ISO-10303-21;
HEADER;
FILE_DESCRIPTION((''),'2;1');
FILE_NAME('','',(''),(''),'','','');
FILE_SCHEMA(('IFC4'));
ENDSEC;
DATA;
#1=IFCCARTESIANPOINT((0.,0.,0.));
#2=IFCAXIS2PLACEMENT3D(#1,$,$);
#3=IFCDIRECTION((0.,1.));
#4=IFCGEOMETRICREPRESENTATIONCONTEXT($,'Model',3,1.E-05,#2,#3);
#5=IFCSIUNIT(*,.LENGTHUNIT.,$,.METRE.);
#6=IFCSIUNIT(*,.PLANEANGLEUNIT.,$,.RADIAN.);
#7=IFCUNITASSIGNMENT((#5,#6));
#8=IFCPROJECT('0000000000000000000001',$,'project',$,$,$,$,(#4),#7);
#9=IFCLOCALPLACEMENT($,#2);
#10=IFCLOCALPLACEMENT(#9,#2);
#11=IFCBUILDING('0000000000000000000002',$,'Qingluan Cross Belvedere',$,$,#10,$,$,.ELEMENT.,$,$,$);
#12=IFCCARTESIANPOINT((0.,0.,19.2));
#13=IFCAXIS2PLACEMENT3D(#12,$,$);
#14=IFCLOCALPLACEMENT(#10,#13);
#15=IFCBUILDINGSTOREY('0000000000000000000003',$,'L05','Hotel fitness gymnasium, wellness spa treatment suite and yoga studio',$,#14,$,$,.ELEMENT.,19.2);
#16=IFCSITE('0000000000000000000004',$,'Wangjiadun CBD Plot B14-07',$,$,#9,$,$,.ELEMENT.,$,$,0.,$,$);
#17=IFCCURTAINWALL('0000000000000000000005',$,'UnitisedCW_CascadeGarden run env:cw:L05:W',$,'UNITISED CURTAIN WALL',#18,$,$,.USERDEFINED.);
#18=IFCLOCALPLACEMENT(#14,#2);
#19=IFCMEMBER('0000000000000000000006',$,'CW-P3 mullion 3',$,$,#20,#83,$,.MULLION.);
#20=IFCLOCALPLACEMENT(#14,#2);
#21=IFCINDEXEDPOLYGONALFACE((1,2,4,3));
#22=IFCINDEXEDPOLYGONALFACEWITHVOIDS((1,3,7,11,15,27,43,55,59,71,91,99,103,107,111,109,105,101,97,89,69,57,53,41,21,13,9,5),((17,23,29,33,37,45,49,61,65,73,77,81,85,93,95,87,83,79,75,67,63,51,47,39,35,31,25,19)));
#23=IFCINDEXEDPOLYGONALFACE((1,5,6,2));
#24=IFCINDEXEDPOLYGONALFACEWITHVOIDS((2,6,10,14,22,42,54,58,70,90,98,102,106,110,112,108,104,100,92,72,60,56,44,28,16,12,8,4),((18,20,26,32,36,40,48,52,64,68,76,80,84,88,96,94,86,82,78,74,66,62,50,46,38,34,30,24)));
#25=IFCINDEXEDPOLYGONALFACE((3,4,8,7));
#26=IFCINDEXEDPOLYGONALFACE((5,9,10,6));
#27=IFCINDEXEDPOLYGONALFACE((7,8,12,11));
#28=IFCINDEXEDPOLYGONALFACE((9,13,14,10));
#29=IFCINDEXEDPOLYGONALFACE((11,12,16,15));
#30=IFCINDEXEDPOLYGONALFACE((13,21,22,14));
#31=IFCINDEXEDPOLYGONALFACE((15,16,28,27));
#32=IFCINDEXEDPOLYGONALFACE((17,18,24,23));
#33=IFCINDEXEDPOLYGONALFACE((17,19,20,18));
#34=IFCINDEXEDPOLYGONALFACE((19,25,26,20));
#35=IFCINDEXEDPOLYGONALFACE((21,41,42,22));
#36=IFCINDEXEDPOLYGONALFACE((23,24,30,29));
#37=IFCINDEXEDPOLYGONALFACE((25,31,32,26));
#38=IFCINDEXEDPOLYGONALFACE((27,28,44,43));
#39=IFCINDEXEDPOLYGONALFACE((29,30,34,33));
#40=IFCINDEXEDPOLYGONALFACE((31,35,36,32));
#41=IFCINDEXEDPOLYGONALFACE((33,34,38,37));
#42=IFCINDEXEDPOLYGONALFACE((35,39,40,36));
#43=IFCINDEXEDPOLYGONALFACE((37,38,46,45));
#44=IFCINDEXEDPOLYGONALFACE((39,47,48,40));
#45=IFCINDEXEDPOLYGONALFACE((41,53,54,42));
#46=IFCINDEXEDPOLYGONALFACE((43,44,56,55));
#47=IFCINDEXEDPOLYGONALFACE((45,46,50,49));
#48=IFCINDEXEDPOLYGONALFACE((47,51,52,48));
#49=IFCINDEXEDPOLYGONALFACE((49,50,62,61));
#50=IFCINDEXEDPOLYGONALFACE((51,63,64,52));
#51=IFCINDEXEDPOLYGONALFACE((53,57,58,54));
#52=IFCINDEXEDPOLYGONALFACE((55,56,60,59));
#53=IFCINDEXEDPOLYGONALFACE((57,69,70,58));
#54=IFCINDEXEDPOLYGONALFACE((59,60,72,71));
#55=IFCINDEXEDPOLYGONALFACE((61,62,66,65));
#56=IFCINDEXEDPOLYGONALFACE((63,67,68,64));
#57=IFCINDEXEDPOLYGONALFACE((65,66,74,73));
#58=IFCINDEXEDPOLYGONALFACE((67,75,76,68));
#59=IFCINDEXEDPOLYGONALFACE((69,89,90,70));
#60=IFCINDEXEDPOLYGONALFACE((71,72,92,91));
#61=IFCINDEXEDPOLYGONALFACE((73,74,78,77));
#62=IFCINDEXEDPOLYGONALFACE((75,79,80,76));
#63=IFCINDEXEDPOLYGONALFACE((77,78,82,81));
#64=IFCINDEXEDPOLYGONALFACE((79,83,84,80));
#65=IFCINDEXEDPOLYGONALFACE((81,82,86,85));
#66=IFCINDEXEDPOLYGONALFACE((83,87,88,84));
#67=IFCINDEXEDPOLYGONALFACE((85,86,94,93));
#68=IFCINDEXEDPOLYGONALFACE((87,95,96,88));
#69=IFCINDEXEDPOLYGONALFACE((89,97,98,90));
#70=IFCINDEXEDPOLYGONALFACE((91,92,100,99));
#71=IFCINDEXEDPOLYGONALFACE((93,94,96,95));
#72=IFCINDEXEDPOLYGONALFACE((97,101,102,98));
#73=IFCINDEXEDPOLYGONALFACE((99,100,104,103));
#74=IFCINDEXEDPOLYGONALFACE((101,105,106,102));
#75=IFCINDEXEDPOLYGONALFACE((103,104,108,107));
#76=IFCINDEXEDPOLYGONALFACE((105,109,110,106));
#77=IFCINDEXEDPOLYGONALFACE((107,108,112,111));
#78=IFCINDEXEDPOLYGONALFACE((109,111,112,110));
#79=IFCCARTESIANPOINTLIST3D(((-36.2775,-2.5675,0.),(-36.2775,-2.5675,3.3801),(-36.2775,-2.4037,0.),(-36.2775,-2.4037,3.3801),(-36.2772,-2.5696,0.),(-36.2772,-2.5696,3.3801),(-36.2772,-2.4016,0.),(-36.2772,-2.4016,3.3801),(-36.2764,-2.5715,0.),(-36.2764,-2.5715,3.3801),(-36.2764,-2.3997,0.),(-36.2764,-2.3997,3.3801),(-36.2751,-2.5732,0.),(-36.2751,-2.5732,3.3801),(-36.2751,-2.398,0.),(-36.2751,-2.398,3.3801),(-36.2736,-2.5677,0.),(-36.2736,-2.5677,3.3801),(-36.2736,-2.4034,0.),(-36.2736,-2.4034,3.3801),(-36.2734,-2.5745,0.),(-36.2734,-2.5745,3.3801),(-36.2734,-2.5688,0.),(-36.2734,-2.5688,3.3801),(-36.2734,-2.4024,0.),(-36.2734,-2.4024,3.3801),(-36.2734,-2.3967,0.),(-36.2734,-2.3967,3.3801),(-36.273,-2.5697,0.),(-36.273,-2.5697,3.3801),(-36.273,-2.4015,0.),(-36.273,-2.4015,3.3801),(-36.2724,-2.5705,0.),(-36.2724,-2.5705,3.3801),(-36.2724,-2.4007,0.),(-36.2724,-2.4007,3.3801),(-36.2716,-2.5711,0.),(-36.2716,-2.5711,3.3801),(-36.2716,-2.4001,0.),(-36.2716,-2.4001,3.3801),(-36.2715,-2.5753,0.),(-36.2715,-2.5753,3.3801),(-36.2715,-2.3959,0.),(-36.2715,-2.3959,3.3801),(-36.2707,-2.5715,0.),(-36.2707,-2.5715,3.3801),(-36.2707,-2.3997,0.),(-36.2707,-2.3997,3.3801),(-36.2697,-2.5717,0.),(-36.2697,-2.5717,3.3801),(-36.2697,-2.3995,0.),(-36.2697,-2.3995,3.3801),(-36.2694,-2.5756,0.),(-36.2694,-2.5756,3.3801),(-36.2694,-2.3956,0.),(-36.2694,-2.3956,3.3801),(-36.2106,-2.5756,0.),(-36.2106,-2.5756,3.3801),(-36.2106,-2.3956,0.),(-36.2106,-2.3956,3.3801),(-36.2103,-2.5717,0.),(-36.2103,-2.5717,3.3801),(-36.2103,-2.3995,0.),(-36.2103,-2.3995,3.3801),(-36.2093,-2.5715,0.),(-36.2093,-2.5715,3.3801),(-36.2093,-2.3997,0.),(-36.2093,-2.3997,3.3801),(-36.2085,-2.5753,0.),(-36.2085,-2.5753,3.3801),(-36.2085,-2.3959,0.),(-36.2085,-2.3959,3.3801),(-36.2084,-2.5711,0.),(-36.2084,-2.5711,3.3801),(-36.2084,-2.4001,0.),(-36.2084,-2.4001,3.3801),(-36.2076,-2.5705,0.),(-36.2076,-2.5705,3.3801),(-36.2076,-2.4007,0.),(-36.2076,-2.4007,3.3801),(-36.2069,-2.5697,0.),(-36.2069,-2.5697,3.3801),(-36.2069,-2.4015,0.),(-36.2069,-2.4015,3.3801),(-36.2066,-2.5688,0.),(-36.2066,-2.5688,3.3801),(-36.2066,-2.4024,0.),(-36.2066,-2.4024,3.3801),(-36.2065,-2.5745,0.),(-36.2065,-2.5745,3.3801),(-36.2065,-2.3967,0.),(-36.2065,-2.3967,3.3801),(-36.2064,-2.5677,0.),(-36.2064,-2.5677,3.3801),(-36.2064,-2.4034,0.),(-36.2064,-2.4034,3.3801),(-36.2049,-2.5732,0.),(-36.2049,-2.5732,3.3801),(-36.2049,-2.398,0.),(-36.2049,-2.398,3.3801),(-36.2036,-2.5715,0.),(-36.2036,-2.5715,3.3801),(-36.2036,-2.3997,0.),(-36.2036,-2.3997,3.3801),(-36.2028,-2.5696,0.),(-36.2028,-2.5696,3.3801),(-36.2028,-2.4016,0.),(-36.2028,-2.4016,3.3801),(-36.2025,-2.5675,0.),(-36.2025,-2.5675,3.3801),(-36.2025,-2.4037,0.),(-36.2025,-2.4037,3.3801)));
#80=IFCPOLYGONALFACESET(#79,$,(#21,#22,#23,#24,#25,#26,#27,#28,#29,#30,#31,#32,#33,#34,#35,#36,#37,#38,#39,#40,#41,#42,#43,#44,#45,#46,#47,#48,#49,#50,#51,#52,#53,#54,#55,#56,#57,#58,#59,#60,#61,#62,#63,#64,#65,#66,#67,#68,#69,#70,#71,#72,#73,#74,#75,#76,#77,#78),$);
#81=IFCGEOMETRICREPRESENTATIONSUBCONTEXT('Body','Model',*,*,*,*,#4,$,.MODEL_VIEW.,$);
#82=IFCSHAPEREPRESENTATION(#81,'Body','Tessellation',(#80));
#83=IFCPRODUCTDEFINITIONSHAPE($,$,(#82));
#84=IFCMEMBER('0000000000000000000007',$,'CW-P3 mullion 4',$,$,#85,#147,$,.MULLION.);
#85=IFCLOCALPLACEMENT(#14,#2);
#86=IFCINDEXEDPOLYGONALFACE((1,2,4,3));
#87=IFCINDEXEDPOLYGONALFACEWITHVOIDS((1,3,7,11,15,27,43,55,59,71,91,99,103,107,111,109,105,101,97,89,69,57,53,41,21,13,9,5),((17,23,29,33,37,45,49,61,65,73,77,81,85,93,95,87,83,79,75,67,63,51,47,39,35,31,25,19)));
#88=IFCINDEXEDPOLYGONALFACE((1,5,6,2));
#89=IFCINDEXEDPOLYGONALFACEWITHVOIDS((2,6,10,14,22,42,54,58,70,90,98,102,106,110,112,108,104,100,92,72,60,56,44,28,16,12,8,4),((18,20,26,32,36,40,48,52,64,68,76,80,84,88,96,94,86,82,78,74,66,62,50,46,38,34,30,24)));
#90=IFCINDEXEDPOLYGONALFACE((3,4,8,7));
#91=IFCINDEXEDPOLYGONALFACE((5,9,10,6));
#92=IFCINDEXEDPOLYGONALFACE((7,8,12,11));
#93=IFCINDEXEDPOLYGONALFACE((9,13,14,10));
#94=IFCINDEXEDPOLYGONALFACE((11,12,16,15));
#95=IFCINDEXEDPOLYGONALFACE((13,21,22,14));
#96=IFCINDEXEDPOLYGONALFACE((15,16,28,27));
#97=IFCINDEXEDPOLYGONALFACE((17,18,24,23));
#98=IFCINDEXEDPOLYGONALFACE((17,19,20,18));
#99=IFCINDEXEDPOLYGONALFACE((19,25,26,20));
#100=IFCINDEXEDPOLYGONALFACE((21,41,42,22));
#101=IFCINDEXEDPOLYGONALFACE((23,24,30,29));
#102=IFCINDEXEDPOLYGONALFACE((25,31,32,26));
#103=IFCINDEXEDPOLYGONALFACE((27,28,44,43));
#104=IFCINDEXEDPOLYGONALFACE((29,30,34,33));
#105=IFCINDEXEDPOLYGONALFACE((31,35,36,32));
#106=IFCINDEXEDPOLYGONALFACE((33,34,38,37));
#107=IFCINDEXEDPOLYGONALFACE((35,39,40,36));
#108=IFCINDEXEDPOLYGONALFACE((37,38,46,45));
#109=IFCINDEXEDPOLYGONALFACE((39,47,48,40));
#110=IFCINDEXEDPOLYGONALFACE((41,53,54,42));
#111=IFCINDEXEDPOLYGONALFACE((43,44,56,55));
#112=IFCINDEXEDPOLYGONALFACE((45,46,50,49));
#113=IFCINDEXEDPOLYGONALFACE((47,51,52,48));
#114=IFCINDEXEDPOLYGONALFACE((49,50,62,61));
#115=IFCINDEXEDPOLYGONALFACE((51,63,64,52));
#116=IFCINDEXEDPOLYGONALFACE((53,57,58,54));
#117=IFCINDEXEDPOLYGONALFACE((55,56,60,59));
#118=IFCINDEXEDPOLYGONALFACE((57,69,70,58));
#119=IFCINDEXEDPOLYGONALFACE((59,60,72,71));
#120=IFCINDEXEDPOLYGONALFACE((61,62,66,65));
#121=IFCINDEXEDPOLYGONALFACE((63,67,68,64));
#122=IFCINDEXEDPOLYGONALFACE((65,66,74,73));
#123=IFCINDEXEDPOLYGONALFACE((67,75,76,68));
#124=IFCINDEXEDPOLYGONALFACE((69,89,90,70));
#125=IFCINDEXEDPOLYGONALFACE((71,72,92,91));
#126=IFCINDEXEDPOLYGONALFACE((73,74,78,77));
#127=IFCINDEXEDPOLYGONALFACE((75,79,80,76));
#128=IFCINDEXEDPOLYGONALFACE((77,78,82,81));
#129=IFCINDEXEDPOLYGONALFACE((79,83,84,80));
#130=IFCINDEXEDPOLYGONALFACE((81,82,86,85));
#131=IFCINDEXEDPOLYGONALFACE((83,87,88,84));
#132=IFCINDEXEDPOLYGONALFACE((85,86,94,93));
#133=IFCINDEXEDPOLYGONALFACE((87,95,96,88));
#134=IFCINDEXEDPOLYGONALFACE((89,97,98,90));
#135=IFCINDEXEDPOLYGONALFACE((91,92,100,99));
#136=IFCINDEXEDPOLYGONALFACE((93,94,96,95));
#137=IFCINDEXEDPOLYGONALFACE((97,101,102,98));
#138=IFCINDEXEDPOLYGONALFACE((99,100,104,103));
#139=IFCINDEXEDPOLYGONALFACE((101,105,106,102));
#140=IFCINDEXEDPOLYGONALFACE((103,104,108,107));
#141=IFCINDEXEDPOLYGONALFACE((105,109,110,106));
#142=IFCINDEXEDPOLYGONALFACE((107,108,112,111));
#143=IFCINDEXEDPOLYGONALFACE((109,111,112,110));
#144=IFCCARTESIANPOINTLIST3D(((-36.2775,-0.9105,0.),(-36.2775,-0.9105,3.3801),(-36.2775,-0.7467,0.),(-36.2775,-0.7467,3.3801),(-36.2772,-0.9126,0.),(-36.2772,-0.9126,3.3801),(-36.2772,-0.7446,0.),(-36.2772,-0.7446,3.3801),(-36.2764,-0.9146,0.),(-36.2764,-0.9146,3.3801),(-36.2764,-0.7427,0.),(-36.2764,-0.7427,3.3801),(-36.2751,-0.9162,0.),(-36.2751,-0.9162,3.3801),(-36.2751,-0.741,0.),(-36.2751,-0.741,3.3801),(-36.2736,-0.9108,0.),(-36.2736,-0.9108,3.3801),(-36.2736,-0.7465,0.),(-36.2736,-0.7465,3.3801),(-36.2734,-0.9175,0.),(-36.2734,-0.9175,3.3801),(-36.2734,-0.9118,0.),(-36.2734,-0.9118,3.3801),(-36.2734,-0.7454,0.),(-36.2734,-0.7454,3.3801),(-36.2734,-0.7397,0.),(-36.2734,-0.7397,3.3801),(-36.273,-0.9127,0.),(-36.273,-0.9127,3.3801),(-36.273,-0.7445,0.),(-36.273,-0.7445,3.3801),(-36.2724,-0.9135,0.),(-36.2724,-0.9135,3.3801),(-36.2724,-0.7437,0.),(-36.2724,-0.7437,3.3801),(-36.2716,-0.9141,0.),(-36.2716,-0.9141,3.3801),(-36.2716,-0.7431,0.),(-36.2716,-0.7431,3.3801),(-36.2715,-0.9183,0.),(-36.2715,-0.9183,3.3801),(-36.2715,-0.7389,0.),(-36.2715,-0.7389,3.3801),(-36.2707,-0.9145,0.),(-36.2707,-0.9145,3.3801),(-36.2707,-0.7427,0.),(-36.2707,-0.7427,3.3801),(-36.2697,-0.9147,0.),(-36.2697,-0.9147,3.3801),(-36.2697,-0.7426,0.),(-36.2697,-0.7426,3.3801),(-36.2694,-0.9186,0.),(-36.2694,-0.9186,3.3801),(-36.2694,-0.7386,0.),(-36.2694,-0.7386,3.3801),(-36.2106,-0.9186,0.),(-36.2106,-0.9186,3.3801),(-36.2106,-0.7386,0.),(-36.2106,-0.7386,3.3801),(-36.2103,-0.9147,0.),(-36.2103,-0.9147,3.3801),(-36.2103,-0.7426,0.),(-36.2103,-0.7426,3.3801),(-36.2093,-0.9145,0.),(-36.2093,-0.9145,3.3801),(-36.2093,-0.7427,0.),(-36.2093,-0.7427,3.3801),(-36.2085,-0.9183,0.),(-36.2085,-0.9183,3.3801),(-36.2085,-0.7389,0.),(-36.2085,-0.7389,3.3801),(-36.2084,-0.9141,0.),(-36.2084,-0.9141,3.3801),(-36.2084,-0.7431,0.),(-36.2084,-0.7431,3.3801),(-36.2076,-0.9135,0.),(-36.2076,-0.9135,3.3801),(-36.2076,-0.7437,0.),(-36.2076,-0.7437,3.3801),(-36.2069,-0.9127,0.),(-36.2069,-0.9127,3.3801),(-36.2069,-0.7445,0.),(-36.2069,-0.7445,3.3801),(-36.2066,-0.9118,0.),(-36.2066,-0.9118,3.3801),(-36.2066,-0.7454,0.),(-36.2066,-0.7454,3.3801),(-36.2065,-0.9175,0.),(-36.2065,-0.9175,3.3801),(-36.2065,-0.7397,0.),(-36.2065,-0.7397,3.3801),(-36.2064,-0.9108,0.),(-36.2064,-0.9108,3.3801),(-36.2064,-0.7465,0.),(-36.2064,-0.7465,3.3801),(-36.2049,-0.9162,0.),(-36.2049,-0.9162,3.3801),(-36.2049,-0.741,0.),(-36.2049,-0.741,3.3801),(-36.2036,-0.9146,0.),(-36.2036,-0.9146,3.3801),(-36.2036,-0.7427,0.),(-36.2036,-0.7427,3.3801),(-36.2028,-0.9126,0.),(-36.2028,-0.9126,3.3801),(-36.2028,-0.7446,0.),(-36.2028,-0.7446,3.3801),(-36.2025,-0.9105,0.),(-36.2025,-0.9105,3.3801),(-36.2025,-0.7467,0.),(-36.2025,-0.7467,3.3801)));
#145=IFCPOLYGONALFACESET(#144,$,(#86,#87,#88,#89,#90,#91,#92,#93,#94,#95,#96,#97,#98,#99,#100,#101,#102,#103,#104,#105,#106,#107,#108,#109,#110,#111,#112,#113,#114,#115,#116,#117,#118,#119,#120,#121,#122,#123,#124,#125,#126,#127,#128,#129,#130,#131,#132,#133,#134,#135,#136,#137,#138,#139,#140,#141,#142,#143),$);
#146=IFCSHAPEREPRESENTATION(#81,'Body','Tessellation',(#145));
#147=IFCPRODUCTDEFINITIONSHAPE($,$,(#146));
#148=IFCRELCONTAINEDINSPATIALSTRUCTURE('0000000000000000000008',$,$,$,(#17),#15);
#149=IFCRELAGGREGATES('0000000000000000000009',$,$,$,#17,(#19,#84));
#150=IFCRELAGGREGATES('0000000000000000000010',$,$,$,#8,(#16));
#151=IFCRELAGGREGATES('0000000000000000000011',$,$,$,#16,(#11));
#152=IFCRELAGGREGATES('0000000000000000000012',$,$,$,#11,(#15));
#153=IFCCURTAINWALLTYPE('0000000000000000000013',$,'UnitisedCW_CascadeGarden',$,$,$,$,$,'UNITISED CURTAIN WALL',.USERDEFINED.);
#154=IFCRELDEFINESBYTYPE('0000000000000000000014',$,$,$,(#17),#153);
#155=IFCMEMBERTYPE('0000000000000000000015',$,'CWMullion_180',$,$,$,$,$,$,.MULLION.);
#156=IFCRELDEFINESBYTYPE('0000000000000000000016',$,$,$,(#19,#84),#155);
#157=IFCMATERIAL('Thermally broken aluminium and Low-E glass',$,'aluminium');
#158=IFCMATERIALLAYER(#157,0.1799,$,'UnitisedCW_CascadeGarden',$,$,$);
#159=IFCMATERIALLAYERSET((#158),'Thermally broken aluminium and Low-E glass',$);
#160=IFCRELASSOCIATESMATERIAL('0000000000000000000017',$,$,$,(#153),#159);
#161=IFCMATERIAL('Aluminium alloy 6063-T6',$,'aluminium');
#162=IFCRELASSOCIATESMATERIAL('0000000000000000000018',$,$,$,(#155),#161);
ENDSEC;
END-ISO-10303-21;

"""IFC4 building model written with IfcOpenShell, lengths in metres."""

from ifc_helpers import new_model, si_unit, direction, frame, origin, origin_2d, place, context, subcontext, project, spatial, hollow_rectangle, extrude, material, layer, layer_set, material_profile, profile_set, type_object, element, aggregate, save


model = new_model("IFC4")

# Units and contexts
model_context = context("Model", 3, precision=1e-05, world=origin(), true_north=direction((0.0, 1.0)))
body_context = subcontext(model_context, "Body", "Model", "MODEL_VIEW")
ifc_project = project(units=[si_unit("LENGTHUNIT", "METRE"), si_unit("PLANEANGLEUNIT", "RADIAN")], contexts=[model_context])

# Site, building, storey
site_placement = place(None, origin())
site = spatial("IfcSite", under=ifc_project, at=site_placement, Name="Wangjiadun CBD Plot B14-07", CompositionType="ELEMENT", RefElevation=0.0)
building_placement = place(site_placement, origin())
building = spatial("IfcBuilding", under=site, at=building_placement, Name="Qingluan Cross Belvedere", CompositionType="ELEMENT")
storey_placement = place(building_placement, frame((0.0, 0.0, 19.2)))
storey = spatial("IfcBuildingStorey", under=building, at=storey_placement, Name="L05", Description="Hotel fitness gymnasium, wellness spa treatment suite and yoga studio", CompositionType="ELEMENT", Elevation=19.2)

# Curtain wall, members
ifc_material_1 = material(Name="Thermally broken aluminium and Low-E glass", Category="aluminium")
ifc_layer_1 = layer(ifc_material_1, 0.1799, Name="UnitisedCW_CascadeGarden")
ifc_layer_set_1 = layer_set([ifc_layer_1], Name="Thermally broken aluminium and Low-E glass")
curtain_wall_type = type_object("IfcCurtainWallType", Name="UnitisedCW_CascadeGarden", ElementType="UNITISED CURTAIN WALL", PredefinedType="USERDEFINED", material=ifc_layer_set_1)
curtain_wall_placement = place(storey_placement, origin())
curtain_wall = element("IfcCurtainWall", 1, at=curtain_wall_placement, inside=storey, type_object=curtain_wall_type, Name="UnitisedCW_CascadeGarden run env:cw:L05:W", ObjectType="UNITISED CURTAIN WALL", PredefinedType="USERDEFINED")
ifc_material_2 = material(Name="Aluminium alloy 6063-T6", Category="aluminium")
ifc_material_profile_1 = material_profile(ifc_material_2, hollow_rectangle(XDim=0.075, YDim=0.1799, WallThickness=0.0039, InnerFilletRadius=0.0039, OuterFilletRadius=0.0081, at=origin_2d()), Name="CWM180x75x4")
ifc_profile_set_1 = profile_set([ifc_material_profile_1], Name="Aluminium alloy 6063-T6")
member_type_1 = type_object("IfcMemberType", Name="CWMullion_180", PredefinedType="MULLION", material=ifc_profile_set_1)
member_1_placement = place(storey_placement, frame((-36.24, -2.4856, 0.0), z_axis=(0.0, 0.0, 1.0), x_axis=(-1.0, 0.0, 0.0)))
member_1 = element("IfcMember", 2, at=member_1_placement, type_object=member_type_1, Name="CW-P3 mullion 3", PredefinedType="MULLION", context=body_context, shape_type="SweptSolid", body=[
    extrude(hollow_rectangle(XDim=0.075, YDim=0.1799, WallThickness=0.0039, InnerFilletRadius=0.0039, OuterFilletRadius=0.0081, at=origin_2d()), origin(), (0.0, 0.0, 1.0), 3.3801),
])
member_2_placement = place(storey_placement, frame((-36.24, -0.8286, 0.0), z_axis=(0.0, 0.0, 1.0), x_axis=(-1.0, 0.0, 0.0)))
member_2 = element("IfcMember", 3, at=member_2_placement, type_object=member_type_1, Name="CW-P3 mullion 4", PredefinedType="MULLION", context=body_context, shape_type="SweptSolid", body=[
    extrude(hollow_rectangle(XDim=0.075, YDim=0.1799, WallThickness=0.0039, InnerFilletRadius=0.0039, OuterFilletRadius=0.0081, at=origin_2d()), origin(), (0.0, 0.0, 1.0), 3.3801),
])
aggregate(curtain_wall, [member_1, member_2])

save(model, "model.ifc")
